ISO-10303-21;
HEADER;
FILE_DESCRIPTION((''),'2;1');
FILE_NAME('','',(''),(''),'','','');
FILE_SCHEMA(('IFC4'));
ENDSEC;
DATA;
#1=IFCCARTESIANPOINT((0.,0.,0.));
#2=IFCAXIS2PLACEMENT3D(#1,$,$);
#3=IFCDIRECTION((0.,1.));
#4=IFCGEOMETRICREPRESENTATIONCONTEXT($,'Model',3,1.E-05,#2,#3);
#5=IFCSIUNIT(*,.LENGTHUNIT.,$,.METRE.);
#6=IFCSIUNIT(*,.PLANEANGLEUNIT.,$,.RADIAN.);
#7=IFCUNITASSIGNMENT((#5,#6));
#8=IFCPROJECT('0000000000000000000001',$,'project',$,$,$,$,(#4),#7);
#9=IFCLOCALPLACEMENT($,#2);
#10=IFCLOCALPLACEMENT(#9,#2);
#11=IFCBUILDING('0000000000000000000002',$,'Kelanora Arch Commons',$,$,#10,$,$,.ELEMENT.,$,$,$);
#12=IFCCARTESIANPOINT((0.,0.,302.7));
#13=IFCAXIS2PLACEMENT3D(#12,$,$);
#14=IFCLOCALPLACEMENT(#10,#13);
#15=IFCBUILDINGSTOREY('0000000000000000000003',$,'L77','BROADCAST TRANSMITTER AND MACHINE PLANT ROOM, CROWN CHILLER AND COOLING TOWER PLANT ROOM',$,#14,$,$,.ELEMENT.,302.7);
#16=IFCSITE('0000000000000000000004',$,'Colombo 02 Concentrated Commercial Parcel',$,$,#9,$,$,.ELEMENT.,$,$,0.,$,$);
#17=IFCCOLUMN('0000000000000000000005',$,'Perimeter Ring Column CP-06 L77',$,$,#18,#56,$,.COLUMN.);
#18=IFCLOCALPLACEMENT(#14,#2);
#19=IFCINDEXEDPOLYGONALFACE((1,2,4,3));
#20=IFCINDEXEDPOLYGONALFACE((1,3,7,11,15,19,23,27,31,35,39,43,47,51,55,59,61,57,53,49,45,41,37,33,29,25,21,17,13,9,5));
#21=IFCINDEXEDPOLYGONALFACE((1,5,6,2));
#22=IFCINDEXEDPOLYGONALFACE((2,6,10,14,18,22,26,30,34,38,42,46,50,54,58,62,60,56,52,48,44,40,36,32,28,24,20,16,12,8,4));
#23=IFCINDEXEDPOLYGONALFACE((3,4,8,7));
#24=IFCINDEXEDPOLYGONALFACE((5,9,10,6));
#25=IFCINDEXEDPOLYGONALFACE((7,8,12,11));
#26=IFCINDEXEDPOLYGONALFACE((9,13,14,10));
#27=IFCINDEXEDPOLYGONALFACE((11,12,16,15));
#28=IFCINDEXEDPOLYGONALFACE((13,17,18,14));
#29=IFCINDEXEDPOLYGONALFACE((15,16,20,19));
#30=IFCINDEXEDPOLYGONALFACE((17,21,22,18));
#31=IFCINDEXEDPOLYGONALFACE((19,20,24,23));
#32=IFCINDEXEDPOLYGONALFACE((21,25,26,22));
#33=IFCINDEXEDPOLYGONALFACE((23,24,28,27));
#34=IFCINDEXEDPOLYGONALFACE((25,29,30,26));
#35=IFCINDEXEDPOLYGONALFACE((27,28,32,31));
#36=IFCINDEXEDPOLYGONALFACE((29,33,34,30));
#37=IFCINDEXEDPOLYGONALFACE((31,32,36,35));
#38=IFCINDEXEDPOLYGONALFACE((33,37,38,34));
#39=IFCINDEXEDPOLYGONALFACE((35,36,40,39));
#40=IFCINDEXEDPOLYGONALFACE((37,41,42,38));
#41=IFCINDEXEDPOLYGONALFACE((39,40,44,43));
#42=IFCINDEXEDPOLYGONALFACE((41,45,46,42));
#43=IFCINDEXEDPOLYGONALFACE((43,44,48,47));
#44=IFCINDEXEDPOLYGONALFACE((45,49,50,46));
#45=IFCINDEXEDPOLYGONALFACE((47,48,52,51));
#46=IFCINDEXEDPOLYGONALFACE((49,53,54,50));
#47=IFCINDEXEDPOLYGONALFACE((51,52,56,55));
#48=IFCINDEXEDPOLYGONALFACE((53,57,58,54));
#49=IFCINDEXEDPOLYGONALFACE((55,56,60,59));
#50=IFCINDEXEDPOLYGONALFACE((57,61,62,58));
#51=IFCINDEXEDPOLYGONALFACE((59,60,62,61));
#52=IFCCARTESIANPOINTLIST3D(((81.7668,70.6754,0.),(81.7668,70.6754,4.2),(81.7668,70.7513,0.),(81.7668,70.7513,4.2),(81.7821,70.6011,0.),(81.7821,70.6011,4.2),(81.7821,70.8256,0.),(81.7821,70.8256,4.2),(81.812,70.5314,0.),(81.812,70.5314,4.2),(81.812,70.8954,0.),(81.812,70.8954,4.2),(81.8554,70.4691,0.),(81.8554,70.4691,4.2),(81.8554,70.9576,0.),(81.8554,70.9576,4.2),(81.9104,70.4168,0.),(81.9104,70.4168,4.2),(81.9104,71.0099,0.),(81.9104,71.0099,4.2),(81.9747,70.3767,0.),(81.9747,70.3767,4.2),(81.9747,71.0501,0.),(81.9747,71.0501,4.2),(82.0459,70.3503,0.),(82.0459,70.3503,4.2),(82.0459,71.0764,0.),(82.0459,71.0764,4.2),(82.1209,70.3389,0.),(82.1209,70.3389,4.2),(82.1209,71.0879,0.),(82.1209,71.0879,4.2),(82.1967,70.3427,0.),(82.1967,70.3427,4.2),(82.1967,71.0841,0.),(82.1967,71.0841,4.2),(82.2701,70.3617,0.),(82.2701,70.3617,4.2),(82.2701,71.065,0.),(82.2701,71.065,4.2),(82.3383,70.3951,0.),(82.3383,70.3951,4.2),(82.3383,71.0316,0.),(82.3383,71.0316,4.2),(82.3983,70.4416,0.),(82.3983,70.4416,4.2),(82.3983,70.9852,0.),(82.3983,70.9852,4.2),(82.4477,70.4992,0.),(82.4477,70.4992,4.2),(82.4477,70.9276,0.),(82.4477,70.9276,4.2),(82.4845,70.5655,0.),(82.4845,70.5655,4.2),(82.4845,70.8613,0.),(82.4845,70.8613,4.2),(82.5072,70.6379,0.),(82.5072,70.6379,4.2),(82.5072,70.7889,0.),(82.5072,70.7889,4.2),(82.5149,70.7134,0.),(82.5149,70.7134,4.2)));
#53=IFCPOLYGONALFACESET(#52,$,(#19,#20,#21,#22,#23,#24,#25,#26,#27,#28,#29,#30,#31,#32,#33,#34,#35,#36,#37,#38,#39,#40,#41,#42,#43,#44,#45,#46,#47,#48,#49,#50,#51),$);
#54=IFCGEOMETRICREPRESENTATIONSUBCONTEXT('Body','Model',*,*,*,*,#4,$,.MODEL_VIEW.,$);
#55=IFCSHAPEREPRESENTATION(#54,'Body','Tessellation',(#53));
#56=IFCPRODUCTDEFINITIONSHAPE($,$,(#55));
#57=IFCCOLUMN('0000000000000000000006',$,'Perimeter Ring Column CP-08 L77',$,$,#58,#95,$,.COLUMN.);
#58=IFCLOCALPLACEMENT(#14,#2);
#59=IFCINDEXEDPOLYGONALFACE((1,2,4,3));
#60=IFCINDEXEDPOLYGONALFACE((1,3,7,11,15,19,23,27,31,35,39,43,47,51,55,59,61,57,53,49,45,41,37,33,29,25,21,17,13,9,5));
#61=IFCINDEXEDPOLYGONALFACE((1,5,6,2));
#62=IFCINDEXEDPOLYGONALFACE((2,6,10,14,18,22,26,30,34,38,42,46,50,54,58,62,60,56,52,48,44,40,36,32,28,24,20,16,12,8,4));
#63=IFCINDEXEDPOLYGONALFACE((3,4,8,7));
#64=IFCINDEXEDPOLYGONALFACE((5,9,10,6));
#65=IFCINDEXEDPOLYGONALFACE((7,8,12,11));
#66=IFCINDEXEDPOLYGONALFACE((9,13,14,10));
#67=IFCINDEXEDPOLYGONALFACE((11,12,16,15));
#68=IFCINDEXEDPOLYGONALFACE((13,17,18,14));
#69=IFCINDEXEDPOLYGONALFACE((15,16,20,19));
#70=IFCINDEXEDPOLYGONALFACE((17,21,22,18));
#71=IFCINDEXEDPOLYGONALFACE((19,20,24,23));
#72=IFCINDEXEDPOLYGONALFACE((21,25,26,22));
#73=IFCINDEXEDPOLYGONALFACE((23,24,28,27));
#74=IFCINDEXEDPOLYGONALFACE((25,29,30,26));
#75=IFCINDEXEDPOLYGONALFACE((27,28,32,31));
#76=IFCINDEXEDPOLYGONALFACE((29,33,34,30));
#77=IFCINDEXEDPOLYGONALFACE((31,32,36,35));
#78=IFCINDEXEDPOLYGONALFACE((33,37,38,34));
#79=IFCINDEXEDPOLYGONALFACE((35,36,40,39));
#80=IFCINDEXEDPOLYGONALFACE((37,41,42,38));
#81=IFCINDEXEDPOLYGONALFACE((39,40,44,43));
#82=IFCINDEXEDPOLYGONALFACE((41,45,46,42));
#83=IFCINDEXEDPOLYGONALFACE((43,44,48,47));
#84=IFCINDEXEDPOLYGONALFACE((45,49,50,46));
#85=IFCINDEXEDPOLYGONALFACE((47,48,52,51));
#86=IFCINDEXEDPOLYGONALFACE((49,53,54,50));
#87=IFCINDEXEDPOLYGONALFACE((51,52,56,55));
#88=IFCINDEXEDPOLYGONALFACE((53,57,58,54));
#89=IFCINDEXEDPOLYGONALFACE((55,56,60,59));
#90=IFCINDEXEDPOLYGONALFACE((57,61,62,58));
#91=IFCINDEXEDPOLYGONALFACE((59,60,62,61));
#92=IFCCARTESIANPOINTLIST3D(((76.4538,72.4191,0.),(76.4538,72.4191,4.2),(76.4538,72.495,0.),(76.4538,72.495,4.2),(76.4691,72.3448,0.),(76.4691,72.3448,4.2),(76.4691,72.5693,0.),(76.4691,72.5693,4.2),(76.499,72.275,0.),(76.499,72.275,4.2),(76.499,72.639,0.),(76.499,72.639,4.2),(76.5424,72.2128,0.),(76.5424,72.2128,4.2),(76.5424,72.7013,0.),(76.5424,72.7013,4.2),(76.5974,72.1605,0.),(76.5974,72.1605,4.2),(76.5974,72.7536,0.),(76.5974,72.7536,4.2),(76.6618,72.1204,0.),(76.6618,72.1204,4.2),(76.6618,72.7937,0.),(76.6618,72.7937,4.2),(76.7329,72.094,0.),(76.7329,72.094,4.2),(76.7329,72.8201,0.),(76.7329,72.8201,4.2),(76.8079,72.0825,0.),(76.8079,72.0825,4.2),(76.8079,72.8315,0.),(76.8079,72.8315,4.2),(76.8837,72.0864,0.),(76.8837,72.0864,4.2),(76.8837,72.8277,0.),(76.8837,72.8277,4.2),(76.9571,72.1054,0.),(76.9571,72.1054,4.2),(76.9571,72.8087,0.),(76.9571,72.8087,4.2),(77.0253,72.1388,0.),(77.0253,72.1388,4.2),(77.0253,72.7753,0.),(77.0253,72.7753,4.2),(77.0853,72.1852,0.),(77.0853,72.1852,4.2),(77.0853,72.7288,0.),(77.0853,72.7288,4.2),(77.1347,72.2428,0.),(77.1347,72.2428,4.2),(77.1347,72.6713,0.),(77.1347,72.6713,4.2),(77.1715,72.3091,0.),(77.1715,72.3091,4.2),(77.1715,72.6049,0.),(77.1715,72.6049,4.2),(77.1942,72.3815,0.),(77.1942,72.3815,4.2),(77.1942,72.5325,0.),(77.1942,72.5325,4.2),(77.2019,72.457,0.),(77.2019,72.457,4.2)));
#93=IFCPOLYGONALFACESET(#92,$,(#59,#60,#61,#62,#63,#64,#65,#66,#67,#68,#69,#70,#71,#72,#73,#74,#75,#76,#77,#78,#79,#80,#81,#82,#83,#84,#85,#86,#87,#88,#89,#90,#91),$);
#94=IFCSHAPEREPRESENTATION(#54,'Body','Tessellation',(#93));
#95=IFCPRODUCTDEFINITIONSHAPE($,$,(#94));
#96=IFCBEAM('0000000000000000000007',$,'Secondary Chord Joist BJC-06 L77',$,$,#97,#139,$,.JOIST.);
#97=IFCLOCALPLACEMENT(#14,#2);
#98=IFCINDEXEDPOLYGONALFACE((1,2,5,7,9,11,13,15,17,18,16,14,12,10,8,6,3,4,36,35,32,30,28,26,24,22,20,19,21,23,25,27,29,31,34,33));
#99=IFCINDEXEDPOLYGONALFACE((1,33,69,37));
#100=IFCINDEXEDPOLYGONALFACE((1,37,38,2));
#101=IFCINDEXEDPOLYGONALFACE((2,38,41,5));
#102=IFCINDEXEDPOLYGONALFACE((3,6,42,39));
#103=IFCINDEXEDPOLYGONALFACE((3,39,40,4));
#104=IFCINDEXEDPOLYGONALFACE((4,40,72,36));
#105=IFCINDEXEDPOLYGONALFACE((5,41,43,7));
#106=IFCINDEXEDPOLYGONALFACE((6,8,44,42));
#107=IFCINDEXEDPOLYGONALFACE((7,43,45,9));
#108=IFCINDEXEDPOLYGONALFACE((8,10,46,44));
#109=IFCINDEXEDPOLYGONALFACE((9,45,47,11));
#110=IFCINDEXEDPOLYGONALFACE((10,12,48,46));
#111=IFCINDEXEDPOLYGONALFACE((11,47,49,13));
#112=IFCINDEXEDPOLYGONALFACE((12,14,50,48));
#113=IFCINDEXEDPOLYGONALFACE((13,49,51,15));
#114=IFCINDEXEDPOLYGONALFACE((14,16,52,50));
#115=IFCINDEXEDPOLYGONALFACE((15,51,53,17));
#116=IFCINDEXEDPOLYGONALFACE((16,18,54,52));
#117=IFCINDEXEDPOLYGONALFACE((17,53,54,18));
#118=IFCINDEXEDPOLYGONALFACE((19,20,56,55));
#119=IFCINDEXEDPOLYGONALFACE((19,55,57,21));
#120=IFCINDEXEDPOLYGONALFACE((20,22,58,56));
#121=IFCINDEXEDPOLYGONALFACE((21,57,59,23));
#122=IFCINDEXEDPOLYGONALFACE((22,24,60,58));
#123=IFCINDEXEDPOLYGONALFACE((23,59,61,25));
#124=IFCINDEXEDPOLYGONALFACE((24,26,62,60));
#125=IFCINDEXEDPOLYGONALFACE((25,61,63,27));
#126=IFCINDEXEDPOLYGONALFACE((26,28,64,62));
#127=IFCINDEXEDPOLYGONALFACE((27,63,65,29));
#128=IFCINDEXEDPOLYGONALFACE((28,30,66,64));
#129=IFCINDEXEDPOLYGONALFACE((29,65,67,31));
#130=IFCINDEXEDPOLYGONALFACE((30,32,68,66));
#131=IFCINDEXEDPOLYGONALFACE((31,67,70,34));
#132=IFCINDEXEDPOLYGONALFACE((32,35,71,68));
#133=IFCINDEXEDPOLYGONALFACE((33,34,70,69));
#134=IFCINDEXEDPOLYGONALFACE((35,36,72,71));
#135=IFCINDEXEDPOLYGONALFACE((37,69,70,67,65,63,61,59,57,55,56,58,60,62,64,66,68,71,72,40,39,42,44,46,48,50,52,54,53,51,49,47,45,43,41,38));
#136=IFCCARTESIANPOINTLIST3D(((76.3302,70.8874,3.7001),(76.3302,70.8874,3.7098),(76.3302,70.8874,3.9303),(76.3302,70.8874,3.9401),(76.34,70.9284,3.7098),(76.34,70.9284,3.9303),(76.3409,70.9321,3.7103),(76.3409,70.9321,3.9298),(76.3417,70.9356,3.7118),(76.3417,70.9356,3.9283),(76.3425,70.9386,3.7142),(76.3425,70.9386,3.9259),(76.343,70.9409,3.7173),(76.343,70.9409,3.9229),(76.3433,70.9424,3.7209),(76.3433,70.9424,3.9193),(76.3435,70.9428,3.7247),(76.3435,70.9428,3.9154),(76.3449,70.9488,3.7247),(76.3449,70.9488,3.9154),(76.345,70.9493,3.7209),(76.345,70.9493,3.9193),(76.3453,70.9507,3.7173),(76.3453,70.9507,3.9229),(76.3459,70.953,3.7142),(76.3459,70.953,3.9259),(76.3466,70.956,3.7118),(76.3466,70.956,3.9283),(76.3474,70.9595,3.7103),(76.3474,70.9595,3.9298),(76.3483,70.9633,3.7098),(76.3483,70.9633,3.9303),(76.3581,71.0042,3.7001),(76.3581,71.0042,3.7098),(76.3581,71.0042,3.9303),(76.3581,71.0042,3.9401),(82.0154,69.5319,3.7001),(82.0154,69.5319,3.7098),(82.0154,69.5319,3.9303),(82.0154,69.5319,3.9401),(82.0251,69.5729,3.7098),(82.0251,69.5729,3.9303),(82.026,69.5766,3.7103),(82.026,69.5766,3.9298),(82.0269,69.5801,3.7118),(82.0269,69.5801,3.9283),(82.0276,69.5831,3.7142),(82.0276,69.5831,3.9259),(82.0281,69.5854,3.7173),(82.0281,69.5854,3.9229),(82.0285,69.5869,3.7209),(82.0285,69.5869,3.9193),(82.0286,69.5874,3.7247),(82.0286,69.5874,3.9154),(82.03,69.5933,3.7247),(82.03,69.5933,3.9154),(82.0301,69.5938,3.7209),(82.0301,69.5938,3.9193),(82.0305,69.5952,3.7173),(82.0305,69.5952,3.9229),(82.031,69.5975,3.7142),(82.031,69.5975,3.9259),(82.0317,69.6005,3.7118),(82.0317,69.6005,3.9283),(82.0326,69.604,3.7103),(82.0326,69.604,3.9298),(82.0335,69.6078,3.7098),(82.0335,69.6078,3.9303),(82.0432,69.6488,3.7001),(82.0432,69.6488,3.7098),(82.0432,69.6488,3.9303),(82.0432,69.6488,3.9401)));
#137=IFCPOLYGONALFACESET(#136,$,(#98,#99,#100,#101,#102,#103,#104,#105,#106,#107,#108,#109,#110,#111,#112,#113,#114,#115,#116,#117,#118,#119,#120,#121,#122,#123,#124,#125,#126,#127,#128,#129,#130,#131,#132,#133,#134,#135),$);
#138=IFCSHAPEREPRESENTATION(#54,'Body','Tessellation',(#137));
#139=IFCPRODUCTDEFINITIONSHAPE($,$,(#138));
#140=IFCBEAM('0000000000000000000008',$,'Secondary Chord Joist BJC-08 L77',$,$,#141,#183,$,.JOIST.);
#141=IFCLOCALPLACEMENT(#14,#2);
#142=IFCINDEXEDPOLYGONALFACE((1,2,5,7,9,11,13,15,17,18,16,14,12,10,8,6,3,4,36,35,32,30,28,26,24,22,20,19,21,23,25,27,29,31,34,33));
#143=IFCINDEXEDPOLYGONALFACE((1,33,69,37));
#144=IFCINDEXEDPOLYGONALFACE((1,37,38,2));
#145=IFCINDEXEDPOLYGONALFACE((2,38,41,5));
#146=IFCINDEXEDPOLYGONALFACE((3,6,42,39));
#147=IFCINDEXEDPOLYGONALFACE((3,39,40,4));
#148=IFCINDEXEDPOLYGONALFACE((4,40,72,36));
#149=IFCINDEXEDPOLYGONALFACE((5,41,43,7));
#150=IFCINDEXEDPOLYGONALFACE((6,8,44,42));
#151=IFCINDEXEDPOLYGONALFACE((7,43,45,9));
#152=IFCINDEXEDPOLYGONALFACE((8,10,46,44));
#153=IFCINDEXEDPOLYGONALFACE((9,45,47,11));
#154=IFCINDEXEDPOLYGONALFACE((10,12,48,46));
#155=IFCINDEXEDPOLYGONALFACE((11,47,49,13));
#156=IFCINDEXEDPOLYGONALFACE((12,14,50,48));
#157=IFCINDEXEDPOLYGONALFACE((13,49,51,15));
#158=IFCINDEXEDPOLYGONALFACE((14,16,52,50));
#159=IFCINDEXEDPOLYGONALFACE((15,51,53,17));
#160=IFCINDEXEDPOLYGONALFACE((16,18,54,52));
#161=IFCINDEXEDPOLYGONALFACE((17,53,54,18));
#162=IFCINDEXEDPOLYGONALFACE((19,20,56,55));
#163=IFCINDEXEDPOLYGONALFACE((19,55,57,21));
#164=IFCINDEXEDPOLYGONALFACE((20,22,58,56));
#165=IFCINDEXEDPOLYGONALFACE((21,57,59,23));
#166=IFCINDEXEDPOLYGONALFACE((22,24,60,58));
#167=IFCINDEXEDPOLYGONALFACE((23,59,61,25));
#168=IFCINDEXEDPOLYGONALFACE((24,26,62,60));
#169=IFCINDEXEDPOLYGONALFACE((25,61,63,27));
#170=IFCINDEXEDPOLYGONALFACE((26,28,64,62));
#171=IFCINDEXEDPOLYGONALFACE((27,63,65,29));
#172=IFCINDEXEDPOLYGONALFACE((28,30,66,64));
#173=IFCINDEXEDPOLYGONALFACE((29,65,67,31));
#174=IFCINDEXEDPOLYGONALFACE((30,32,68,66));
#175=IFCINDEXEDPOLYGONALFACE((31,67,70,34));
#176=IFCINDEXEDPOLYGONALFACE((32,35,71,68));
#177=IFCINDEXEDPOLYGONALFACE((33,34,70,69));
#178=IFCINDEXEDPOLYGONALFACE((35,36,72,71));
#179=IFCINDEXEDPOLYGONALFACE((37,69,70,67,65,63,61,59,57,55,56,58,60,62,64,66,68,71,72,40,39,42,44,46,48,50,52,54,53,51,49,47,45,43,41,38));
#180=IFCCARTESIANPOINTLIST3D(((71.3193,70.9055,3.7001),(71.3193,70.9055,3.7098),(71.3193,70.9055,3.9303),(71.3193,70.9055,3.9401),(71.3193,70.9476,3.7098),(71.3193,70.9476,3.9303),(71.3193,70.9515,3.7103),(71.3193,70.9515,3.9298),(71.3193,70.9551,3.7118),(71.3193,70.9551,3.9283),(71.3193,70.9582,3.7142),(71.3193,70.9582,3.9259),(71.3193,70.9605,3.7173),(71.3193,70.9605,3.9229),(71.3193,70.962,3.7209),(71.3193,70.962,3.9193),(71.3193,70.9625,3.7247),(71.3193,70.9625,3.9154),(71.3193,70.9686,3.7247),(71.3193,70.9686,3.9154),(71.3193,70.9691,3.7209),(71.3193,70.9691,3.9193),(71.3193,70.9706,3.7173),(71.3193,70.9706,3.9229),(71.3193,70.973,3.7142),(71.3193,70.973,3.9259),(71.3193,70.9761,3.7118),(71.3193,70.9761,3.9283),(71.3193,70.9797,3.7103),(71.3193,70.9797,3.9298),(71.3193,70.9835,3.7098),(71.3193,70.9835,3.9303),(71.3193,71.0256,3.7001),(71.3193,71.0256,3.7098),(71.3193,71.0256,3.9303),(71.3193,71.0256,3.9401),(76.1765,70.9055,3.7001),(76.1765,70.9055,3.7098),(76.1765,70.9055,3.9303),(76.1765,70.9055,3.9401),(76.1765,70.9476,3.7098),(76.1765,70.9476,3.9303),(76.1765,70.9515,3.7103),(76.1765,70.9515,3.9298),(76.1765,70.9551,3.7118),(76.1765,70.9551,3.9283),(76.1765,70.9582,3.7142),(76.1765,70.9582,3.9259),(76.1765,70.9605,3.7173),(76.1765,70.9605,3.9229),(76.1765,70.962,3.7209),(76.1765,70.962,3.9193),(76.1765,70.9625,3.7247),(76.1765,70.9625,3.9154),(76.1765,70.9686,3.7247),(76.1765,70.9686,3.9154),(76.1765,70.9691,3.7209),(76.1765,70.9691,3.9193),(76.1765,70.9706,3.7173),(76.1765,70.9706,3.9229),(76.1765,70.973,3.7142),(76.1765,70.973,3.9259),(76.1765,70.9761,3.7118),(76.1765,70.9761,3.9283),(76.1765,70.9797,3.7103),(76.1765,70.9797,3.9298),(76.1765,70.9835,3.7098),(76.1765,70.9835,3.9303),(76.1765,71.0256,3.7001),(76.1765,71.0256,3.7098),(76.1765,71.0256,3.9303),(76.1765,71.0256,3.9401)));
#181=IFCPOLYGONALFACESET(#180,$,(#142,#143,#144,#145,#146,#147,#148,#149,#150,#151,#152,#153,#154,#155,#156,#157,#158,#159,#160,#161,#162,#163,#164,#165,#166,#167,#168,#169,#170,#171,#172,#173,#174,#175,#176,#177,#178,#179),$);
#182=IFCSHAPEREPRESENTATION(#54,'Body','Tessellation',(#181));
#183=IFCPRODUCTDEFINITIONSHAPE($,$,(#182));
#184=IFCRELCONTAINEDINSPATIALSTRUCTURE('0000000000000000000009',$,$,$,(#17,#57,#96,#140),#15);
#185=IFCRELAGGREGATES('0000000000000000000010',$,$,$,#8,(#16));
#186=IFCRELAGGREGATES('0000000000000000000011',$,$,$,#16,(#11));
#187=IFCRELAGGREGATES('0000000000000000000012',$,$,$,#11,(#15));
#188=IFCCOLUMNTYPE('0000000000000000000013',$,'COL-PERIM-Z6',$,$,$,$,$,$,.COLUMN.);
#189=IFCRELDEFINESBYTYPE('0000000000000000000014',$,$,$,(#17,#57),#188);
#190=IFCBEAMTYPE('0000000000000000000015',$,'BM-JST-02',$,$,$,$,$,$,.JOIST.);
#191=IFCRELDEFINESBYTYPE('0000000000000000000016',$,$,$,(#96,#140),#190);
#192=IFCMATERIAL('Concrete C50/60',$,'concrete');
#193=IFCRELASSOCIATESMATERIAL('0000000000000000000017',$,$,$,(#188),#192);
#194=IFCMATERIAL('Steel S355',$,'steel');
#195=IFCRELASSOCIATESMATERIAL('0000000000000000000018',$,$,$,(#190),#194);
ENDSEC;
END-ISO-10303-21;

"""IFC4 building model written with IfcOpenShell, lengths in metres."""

from ifc_helpers import new_model, si_unit, direction, frame, origin, origin_2d, place, context, subcontext, project, spatial, circle, i_section, extrude, material, material_profile, profile_set, type_object, element, save


model = new_model("IFC4")

# Units and contexts
model_context = context("Model", 3, precision=1e-05, world=origin(), true_north=direction((0.0, 1.0)))
body_context = subcontext(model_context, "Body", "Model", "MODEL_VIEW")
ifc_project = project(units=[si_unit("LENGTHUNIT", "METRE"), si_unit("PLANEANGLEUNIT", "RADIAN")], contexts=[model_context])

# Site, building, storey
site_placement = place(None, origin())
site = spatial("IfcSite", under=ifc_project, at=site_placement, Name="Colombo 02 Concentrated Commercial Parcel", CompositionType="ELEMENT", RefElevation=0.0)
building_placement = place(site_placement, origin())
building = spatial("IfcBuilding", under=site, at=building_placement, Name="Kelanora Arch Commons", CompositionType="ELEMENT")
storey_placement = place(building_placement, frame((0.0, 0.0, 302.7)))
storey = spatial("IfcBuildingStorey", under=building, at=storey_placement, Name="L77", Description="BROADCAST TRANSMITTER AND MACHINE PLANT ROOM, CROWN CHILLER AND COOLING TOWER PLANT ROOM", CompositionType="ELEMENT", Elevation=302.7)

# Columns
ifc_material_1 = material(Name="Concrete C50/60", Category="concrete")
ifc_material_profile_1 = material_profile(ifc_material_1, circle(Radius=0.375, at=origin_2d()), Name="RCC750")
ifc_profile_set_1 = profile_set([ifc_material_profile_1], Name="Concrete C50/60")
column_type = type_object("IfcColumnType", Name="COL-PERIM-Z6", PredefinedType="COLUMN", material=ifc_profile_set_1)
for number, where, z_axis, x_axis, name in (
    (1, (82.1399, 70.7134, 0.0), (0.0, 0.0, 1.0), (1.0, 0.0, 0.0), "Perimeter Ring Column CP-06 L77"),
    (2, (76.8269, 72.457, 0.0), (0.0, 0.0, 1.0), (1.0, 0.0, 0.0), "Perimeter Ring Column CP-08 L77"),
):
    element("IfcColumn", number, at=place(storey_placement, frame(where, z_axis=z_axis, x_axis=x_axis)), inside=storey, type_object=column_type, Name=name, PredefinedType="COLUMN", context=body_context, shape_type="SweptSolid", body=[
        extrude(circle(Radius=0.375, at=origin_2d()), origin(), (0.0, 0.0, 1.0), 4.2),
    ])

# Beams
ifc_material_2 = material(Name="Steel S355", Category="steel")
ifc_material_profile_2 = material_profile(ifc_material_2, i_section(OverallWidth=0.1201, OverallDepth=0.24, WebThickness=0.0061, FlangeThickness=0.0098, FilletRadius=0.0149, at=origin_2d()), Name="IPE240")
ifc_profile_set_2 = profile_set([ifc_material_profile_2], Name="Steel S355")
beam_type_1 = type_object("IfcBeamType", Name="BM-JST-02", PredefinedType="JOIST", material=ifc_profile_set_2)
beam_1_placement = place(storey_placement, frame((82.0293, 69.5903, 3.8201), z_axis=(-0.972734, 0.231925, 0.0), x_axis=(-0.231925, -0.972734, 0.0)))
element("IfcBeam", 3, at=beam_1_placement, inside=storey, type_object=beam_type_1, Name="Secondary Chord Joist BJC-06 L77", PredefinedType="JOIST", context=body_context, shape_type="SweptSolid", body=[
    extrude(i_section(OverallWidth=0.1201, OverallDepth=0.24, WebThickness=0.0061, FlangeThickness=0.0098, FilletRadius=0.0149, at=origin_2d()), origin(), (0.0, 0.0, 1.0), 5.8445),
])
beam_2_placement = place(storey_placement, frame((76.1765, 70.9656, 3.8201), z_axis=(-1.0, 0.0, 0.0), x_axis=(0.0, -1.0, 0.0)))
element("IfcBeam", 4, at=beam_2_placement, inside=storey, type_object=beam_type_1, Name="Secondary Chord Joist BJC-08 L77", PredefinedType="JOIST", context=body_context, shape_type="SweptSolid", body=[
    extrude(i_section(OverallWidth=0.1201, OverallDepth=0.24, WebThickness=0.0061, FlangeThickness=0.0098, FilletRadius=0.0149, at=origin_2d()), origin(), (0.0, 0.0, 1.0), 4.8572),
])

save(model, "model.ifc")
